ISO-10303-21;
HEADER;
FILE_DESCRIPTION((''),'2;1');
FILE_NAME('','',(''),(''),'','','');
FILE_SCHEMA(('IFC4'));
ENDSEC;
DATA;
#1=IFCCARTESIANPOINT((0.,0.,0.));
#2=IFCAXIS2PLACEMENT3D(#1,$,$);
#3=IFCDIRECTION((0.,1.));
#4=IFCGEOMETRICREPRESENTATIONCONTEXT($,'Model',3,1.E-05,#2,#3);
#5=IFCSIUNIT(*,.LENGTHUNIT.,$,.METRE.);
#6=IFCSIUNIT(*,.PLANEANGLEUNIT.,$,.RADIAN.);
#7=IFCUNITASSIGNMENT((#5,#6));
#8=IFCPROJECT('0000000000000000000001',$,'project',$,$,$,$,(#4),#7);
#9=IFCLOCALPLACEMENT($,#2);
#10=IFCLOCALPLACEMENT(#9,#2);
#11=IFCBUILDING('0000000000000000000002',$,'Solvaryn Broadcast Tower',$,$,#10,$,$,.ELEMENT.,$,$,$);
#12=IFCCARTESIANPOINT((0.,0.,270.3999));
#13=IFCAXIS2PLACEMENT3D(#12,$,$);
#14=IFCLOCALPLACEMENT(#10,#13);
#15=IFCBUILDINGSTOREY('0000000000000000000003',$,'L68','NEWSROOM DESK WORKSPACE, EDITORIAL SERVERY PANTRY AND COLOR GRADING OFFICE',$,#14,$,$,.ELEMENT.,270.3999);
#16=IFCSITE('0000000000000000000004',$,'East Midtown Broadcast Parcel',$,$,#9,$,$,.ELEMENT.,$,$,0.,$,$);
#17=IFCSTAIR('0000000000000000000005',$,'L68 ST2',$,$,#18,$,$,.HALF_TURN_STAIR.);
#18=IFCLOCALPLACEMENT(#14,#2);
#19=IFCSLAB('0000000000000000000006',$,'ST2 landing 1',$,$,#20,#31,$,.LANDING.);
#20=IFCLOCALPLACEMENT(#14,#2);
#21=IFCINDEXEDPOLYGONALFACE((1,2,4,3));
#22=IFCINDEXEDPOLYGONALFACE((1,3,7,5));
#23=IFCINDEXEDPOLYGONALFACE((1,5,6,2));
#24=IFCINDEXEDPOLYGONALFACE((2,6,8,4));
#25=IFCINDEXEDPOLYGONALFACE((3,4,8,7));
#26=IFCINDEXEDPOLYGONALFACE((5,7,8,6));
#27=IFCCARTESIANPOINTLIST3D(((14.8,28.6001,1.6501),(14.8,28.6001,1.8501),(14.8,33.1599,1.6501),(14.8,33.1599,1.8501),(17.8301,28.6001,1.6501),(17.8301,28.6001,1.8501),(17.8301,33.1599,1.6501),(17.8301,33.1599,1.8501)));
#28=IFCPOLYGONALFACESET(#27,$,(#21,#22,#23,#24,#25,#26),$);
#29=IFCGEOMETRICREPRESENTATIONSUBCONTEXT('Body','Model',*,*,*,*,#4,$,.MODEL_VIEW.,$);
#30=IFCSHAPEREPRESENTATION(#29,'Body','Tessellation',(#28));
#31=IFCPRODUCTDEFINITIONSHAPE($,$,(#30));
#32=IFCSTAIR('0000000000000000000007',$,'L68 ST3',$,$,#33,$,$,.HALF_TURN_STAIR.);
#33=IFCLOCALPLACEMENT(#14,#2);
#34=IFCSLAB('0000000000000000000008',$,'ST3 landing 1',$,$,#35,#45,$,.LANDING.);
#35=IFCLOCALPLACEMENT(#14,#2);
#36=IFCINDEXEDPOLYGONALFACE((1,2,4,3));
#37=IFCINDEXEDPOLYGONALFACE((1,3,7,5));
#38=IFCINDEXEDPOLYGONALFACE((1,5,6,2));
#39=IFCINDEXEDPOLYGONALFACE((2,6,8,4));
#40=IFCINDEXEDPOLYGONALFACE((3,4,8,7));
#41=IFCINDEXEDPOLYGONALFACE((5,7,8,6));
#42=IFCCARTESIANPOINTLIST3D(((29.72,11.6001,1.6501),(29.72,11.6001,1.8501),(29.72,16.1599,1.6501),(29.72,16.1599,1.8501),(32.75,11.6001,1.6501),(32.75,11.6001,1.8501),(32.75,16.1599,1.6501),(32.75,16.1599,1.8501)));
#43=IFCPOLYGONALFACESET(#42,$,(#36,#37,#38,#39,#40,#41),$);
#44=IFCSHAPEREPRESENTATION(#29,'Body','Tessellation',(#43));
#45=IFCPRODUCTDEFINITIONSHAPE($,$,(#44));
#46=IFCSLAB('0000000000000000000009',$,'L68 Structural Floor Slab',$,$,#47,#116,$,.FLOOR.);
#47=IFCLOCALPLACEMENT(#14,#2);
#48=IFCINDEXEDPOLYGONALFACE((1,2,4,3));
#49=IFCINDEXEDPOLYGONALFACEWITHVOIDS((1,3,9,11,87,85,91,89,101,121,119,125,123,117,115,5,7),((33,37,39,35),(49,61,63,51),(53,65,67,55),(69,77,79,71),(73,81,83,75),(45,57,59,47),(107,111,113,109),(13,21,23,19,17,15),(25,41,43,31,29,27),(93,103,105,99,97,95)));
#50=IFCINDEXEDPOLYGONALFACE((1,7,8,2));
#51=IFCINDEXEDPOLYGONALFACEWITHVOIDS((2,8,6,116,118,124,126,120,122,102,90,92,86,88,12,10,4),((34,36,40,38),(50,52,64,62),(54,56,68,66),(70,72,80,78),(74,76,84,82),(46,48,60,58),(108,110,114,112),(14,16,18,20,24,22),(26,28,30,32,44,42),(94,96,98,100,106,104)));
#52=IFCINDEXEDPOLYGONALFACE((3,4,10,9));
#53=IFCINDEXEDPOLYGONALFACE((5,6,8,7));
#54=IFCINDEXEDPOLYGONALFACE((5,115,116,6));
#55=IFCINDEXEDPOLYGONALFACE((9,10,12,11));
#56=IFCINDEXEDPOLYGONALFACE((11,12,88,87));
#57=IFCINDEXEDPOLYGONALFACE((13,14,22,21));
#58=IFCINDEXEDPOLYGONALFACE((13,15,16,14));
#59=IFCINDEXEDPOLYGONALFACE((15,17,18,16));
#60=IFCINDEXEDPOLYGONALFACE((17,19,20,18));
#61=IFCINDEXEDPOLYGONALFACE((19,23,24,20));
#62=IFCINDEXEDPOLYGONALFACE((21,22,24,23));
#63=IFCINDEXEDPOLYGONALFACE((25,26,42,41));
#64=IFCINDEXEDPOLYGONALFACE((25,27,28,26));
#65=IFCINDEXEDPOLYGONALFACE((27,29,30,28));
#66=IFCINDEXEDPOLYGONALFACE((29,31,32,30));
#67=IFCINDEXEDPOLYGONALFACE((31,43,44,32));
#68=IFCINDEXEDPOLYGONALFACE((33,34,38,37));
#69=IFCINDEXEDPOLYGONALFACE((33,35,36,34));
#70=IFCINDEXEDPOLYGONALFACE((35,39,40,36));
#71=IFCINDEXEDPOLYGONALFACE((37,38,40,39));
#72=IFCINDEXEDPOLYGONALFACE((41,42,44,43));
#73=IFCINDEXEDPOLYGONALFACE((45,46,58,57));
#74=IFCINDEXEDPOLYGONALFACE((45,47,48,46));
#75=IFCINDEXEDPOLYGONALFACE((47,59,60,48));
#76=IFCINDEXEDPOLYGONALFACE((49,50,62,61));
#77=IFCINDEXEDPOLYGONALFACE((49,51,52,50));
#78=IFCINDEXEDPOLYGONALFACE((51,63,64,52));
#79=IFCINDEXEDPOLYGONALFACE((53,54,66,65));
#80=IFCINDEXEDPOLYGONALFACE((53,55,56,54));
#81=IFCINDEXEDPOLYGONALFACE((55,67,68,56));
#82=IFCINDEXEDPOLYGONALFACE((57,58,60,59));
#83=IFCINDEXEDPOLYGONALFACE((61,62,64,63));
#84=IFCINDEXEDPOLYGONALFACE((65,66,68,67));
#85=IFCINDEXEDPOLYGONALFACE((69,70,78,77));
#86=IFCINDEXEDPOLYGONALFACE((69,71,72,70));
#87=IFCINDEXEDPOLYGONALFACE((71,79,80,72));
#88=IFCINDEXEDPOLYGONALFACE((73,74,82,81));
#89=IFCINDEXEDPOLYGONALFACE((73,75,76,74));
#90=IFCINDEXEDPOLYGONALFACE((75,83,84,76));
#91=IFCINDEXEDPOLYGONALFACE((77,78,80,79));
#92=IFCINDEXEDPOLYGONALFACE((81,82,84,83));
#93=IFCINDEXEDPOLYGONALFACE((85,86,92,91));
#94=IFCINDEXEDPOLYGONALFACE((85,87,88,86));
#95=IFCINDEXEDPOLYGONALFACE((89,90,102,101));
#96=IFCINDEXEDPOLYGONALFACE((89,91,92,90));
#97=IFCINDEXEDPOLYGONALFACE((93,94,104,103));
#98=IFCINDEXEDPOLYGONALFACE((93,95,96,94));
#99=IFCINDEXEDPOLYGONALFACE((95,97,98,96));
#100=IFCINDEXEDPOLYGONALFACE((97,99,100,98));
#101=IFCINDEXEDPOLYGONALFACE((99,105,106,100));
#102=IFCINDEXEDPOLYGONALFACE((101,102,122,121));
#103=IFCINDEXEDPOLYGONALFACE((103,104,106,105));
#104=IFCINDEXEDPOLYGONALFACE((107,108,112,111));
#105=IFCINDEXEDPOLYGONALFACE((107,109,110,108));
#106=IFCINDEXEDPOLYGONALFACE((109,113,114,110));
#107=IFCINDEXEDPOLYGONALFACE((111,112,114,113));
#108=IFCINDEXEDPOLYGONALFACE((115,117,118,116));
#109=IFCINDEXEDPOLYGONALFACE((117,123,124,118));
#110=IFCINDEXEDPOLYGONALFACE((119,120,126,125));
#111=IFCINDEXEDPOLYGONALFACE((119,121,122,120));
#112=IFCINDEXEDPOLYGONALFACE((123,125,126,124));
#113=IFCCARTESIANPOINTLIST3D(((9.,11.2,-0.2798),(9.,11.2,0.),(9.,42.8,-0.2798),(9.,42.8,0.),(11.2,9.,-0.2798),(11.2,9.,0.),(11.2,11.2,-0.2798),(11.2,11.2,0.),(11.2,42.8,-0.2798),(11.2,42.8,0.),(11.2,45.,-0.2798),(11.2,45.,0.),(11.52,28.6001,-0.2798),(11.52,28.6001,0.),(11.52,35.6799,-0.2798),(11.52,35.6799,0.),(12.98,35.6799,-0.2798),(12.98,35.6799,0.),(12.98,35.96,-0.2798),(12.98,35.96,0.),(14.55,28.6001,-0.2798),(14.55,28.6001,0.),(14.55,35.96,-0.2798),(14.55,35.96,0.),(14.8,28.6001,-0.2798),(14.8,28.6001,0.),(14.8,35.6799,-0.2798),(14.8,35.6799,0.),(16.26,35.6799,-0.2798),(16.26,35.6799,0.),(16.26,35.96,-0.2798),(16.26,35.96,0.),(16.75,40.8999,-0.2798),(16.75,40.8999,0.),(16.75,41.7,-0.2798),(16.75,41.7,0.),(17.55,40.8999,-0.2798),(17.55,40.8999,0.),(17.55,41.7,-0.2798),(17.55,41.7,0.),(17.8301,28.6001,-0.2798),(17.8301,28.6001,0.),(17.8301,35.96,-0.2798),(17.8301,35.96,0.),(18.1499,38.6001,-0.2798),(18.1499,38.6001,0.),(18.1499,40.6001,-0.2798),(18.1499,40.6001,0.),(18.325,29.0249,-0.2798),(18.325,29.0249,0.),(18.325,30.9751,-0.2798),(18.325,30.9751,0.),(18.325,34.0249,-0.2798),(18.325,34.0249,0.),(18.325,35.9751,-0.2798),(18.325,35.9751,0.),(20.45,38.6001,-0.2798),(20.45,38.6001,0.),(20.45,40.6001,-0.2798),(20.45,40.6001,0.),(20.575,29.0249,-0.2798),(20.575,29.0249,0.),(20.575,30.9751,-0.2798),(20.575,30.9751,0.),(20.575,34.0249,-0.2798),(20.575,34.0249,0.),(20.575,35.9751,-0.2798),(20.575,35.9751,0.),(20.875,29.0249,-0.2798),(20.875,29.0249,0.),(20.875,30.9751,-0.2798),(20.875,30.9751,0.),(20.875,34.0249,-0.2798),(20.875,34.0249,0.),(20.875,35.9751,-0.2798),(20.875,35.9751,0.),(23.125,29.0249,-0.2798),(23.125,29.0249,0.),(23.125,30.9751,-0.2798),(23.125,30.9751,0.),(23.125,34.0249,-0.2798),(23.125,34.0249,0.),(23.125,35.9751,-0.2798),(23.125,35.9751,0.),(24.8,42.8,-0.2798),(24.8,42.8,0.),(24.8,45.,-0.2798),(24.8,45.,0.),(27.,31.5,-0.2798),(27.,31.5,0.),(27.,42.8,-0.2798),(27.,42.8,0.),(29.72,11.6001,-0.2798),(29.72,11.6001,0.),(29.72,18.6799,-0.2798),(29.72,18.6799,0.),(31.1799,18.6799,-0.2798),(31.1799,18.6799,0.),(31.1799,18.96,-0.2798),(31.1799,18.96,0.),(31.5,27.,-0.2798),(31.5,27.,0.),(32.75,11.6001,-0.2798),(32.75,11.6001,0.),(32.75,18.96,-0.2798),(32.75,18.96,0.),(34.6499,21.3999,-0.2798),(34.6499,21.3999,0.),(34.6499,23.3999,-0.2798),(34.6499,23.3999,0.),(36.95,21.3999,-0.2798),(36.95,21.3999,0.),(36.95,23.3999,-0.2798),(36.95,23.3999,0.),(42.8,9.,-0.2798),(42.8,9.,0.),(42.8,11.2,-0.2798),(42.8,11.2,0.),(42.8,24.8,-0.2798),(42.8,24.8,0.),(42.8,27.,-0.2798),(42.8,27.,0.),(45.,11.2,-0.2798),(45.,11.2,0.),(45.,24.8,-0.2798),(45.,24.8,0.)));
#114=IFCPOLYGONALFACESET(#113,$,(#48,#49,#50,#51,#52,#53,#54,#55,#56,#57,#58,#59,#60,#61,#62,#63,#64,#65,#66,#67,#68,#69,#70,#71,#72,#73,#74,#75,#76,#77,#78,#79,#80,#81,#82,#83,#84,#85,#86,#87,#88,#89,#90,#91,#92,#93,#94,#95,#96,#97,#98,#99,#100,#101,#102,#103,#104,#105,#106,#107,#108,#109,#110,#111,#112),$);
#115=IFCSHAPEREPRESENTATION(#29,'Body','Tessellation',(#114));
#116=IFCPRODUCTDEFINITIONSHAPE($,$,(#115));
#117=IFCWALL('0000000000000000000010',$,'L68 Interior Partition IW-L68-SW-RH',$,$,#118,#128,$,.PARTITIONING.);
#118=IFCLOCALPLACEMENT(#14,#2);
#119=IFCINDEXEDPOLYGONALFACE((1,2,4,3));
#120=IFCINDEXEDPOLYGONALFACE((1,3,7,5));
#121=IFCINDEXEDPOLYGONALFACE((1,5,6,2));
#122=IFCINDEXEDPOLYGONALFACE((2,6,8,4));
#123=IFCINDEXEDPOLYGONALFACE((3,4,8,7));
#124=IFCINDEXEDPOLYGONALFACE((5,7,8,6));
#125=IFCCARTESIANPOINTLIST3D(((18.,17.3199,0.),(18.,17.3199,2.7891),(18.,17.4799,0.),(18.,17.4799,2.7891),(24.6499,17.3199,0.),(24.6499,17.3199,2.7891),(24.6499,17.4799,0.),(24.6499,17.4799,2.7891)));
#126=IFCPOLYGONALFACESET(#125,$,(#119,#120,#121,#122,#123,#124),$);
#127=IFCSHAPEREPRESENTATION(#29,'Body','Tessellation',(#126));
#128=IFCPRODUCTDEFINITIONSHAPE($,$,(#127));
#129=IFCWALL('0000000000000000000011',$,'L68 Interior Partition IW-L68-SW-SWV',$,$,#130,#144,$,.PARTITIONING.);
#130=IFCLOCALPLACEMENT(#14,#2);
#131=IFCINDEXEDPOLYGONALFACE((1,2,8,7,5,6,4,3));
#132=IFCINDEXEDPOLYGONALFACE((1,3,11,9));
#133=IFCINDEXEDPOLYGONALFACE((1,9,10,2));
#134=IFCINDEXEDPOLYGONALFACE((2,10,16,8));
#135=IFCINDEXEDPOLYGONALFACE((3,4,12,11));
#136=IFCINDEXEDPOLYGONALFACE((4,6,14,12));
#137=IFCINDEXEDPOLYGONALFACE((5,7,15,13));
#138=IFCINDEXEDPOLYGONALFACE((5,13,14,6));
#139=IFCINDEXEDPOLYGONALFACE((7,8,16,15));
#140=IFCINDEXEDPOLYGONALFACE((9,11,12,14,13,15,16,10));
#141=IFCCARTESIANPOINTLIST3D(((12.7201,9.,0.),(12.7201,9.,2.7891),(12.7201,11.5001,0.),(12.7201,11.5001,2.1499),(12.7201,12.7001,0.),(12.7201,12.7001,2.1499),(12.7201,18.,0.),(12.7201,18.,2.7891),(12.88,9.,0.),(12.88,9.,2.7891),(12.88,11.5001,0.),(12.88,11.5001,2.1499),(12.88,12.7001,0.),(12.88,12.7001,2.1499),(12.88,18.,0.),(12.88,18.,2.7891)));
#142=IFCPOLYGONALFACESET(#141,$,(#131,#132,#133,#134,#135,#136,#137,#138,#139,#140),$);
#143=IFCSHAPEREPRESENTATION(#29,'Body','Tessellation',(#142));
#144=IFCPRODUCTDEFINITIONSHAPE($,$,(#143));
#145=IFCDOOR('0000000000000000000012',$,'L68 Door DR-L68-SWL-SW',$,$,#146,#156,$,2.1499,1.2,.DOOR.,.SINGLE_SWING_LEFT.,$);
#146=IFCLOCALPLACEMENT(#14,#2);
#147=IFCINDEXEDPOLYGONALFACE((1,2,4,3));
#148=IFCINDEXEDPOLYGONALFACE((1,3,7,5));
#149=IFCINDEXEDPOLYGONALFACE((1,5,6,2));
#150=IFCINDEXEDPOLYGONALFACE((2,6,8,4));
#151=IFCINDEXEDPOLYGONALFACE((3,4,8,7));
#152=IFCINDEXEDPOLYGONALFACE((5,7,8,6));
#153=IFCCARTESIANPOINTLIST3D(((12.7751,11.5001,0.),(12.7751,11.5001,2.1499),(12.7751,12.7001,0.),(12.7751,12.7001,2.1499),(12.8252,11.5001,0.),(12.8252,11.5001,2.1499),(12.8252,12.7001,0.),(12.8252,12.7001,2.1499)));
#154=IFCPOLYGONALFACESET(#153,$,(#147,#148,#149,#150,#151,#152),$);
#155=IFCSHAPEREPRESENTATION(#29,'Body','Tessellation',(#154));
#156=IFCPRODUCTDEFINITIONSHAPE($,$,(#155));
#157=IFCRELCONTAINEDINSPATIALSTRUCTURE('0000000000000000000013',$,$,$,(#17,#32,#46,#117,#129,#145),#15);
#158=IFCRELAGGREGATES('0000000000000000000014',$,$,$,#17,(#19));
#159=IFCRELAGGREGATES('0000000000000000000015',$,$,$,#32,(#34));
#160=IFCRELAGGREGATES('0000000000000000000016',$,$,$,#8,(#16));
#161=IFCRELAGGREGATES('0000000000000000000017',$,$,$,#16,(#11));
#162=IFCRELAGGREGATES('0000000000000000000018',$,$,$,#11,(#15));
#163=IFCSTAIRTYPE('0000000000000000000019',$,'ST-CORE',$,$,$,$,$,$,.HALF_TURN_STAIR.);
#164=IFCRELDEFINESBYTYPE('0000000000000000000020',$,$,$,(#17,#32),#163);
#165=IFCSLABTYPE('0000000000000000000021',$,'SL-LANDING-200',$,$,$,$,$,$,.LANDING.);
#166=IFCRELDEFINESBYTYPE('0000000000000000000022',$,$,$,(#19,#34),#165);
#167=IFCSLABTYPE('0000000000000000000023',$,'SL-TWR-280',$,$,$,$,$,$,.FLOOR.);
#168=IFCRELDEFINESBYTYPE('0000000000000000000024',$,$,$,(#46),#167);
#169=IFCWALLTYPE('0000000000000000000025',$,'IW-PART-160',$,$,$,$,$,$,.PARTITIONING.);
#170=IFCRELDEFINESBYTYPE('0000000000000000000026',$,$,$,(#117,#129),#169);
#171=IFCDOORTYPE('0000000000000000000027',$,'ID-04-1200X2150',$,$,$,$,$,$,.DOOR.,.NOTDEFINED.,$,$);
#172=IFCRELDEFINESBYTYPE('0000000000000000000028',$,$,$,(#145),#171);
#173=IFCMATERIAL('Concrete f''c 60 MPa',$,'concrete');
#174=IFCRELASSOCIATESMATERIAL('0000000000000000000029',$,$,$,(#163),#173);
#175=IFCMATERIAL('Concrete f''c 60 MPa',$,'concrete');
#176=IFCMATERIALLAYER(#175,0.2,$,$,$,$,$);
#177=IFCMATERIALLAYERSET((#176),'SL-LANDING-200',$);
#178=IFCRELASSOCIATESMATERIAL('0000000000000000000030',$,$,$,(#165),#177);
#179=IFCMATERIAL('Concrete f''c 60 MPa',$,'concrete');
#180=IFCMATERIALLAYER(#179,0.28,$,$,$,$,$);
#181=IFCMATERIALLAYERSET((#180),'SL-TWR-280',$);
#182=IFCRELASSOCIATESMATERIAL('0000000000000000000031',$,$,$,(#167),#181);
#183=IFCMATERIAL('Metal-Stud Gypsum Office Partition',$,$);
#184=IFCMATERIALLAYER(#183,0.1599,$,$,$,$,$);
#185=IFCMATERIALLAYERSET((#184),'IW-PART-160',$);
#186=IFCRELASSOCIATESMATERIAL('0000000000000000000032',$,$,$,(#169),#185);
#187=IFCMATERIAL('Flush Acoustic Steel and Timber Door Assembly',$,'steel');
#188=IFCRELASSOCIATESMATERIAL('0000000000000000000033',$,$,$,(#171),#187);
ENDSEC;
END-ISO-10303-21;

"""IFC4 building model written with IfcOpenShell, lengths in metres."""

from ifc_helpers import new_model, si_unit, direction, frame, frame_2d, origin, place, context, subcontext, project, spatial, polyline, rectangle, outline, extrude, material, layer, layer_set, type_object, element, fill, aggregate, save


model = new_model("IFC4")

# Units and contexts
model_context = context("Model", 3, precision=1e-05, world=origin(), true_north=direction((0.0, 1.0)))
body_context = subcontext(model_context, "Body", "Model", "MODEL_VIEW")
ifc_project = project(units=[si_unit("LENGTHUNIT", "METRE"), si_unit("PLANEANGLEUNIT", "RADIAN")], contexts=[model_context])

# Site, building, storey
site_placement = place(None, origin())
site = spatial("IfcSite", under=ifc_project, at=site_placement, Name="East Midtown Broadcast Parcel", CompositionType="ELEMENT", RefElevation=0.0)
building_placement = place(site_placement, origin())
building = spatial("IfcBuilding", under=site, at=building_placement, Name="Solvaryn Broadcast Tower", CompositionType="ELEMENT")
storey_placement = place(building_placement, frame((0.0, 0.0, 270.3999)))
storey = spatial("IfcBuildingStorey", under=building, at=storey_placement, Name="L68", Description="NEWSROOM DESK WORKSPACE, EDITORIAL SERVERY PANTRY AND COLOR GRADING OFFICE", CompositionType="ELEMENT", Elevation=270.3999)

# Stairs, slabs
ifc_material_1 = material(Name="Concrete f'c 60 MPa", Category="concrete")
stair_type = type_object("IfcStairType", Name="ST-CORE", PredefinedType="HALF_TURN_STAIR", material=ifc_material_1)
ifc_material_2 = material(Name="Concrete f'c 60 MPa", Category="concrete")
ifc_layer_1 = layer(ifc_material_2, 0.2)
ifc_layer_set_1 = layer_set([ifc_layer_1], Name="SL-LANDING-200")
slab_type_1 = type_object("IfcSlabType", Name="SL-LANDING-200", PredefinedType="LANDING", material=ifc_layer_set_1)
stair_1_placement = place(storey_placement, origin())
stair_1 = element("IfcStair", 1, at=stair_1_placement, inside=storey, type_object=stair_type, Name="L68 ST2", PredefinedType="HALF_TURN_STAIR")
slab_1_placement = place(storey_placement, frame((0.0, 0.0, 1.6501)))
slab_1 = element("IfcSlab", 2, at=slab_1_placement, type_object=slab_type_1, Name="ST2 landing 1", PredefinedType="LANDING", context=body_context, shape_type="SweptSolid", body=[
    extrude(outline(polyline([(14.8, 33.1599), (14.8, 28.6001), (17.8301, 28.6001), (17.8301, 33.1599), (14.8, 33.1599)])), origin(), (0.0, 0.0, 1.0), 0.2),
])
aggregate(stair_1, [slab_1])
stair_2_placement = place(storey_placement, origin())
stair_2 = element("IfcStair", 3, at=stair_2_placement, inside=storey, type_object=stair_type, Name="L68 ST3", PredefinedType="HALF_TURN_STAIR")
slab_2_placement = place(storey_placement, frame((0.0, 0.0, 1.6501)))
slab_2 = element("IfcSlab", 4, at=slab_2_placement, type_object=slab_type_1, Name="ST3 landing 1", PredefinedType="LANDING", context=body_context, shape_type="SweptSolid", body=[
    extrude(outline(polyline([(29.72, 16.1599), (29.72, 11.6001), (32.75, 11.6001), (32.75, 16.1599), (29.72, 16.1599)])), origin(), (0.0, 0.0, 1.0), 0.2),
])
aggregate(stair_2, [slab_2])

# Slab
ifc_material_3 = material(Name="Concrete f'c 60 MPa", Category="concrete")
ifc_layer_2 = layer(ifc_material_3, 0.28)
ifc_layer_set_2 = layer_set([ifc_layer_2], Name="SL-TWR-280")
slab_type_2 = type_object("IfcSlabType", Name="SL-TWR-280", PredefinedType="FLOOR", material=ifc_layer_set_2)
slab_3_placement = place(storey_placement, frame((0.0, 0.0, -0.2798)))
element("IfcSlab", 5, at=slab_3_placement, inside=storey, type_object=slab_type_2, Name="L68 Structural Floor Slab", PredefinedType="FLOOR", context=body_context, shape_type="SweptSolid", body=[
    extrude(outline(polyline([(11.2, 9.0), (42.8, 9.0), (42.8, 11.2), (45.0, 11.2), (45.0, 24.8), (42.8, 24.8), (42.8, 27.0), (31.5, 27.0), (27.0, 31.5), (27.0, 42.8), (24.8, 42.8), (24.8, 45.0), (11.2, 45.0), (11.2, 42.8), (9.0, 42.8), (9.0, 11.2), (11.2, 11.2), (11.2, 9.0)]), holes=[polyline([(11.52, 28.6001), (14.55, 28.6001), (14.55, 35.96), (12.98, 35.96), (12.98, 35.6799), (11.52, 35.6799), (11.52, 28.6001)]), polyline([(14.8, 28.6001), (17.8301, 28.6001), (17.8301, 35.96), (16.26, 35.96), (16.26, 35.6799), (14.8, 35.6799), (14.8, 28.6001)]), polyline([(29.72, 11.6001), (32.75, 11.6001), (32.75, 18.96), (31.1799, 18.96), (31.1799, 18.6799), (29.72, 18.6799), (29.72, 11.6001)]), polyline([(18.1499, 38.6001), (20.45, 38.6001), (20.45, 40.6001), (18.1499, 40.6001), (18.1499, 38.6001)]), polyline([(18.325, 29.0249), (20.575, 29.0249), (20.575, 30.9751), (18.325, 30.9751), (18.325, 29.0249)]), polyline([(20.875, 29.0249), (23.125, 29.0249), (23.125, 30.9751), (20.875, 30.9751), (20.875, 29.0249)]), polyline([(18.325, 34.0249), (20.575, 34.0249), (20.575, 35.9751), (18.325, 35.9751), (18.325, 34.0249)]), polyline([(20.875, 34.0249), (23.125, 34.0249), (23.125, 35.9751), (20.875, 35.9751), (20.875, 34.0249)]), polyline([(34.6499, 21.3999), (36.95, 21.3999), (36.95, 23.3999), (34.6499, 23.3999), (34.6499, 21.3999)]), polyline([(16.75, 40.8999), (17.55, 40.8999), (17.55, 41.7), (16.75, 41.7), (16.75, 40.8999)])]), origin(), (0.0, 0.0, 1.0), 0.2798),
])

# Wall
ifc_material_4 = material(Name="Metal-Stud Gypsum Office Partition")
ifc_layer_3 = layer(ifc_material_4, 0.1599)
ifc_layer_set_3 = layer_set([ifc_layer_3], Name="IW-PART-160")
wall_type_1 = type_object("IfcWallType", Name="IW-PART-160", PredefinedType="PARTITIONING", material=ifc_layer_set_3)
wall_1_placement = place(storey_placement, frame((18.0, 17.3999, 0.0), z_axis=(0.0, 0.0, 1.0), x_axis=(1.0, 0.0, 0.0)))
element("IfcWall", 6, at=wall_1_placement, inside=storey, type_object=wall_type_1, Name="L68 Interior Partition IW-L68-SW-RH", PredefinedType="PARTITIONING", context=body_context, shape_type="SweptSolid", body=[
    extrude(rectangle(XDim=6.6499, YDim=0.1599, at=frame_2d((3.325, 0.0))), origin(), (0.0, 0.0, 1.0), 2.7891),
])

# Wall, opening, door
wall_2_placement = place(storey_placement, frame((12.8, 9.0, 0.0), z_axis=(0.0, 0.0, 1.0), x_axis=(0.0, 1.0, 0.0)))
wall_2 = element("IfcWall", 7, at=wall_2_placement, inside=storey, type_object=wall_type_1, Name="L68 Interior Partition IW-L68-SW-SWV", PredefinedType="PARTITIONING", context=body_context, shape_type="SweptSolid", body=[
    extrude(rectangle(XDim=9.0, YDim=0.1599, at=frame_2d((4.5, 0.0))), origin(), (0.0, 0.0, 1.0), 2.7891),
])
opening_1_placement = place(wall_2_placement, frame((2.5, 0.0, 0.0)))
opening_1 = element("IfcOpeningElement", 8, at=opening_1_placement, cuts=wall_2, PredefinedType="OPENING", context=body_context, shape_type="SweptSolid", body=[
    extrude(rectangle(XDim=1.2, YDim=2.1499, at=frame_2d((0.6001, 1.075))), frame((0.0, 0.0901, 0.0), z_axis=(0.0, -1.0, 0.0), x_axis=(1.0, 0.0, 0.0)), (0.0, 0.0, 1.0), 0.1799),
])
ifc_material_5 = material(Name="Flush Acoustic Steel and Timber Door Assembly", Category="steel")
door_type_1 = type_object("IfcDoorType", Name="ID-04-1200X2150", OperationType="NOTDEFINED", PredefinedType="DOOR", material=ifc_material_5)
door_1_placement = place(opening_1_placement, origin())
door_1 = element("IfcDoor", 9, at=door_1_placement, inside=storey, type_object=door_type_1, Name="L68 Door DR-L68-SWL-SW", OperationType="SINGLE_SWING_LEFT", OverallHeight=2.1499, OverallWidth=1.2, PredefinedType="DOOR", context=body_context, shape_type="SweptSolid", body=[
    extrude(rectangle(XDim=1.2, YDim=2.1499, at=frame_2d((0.6001, 1.075))), frame((0.0, 0.0249, 0.0), z_axis=(0.0, -1.0, 0.0), x_axis=(1.0, 0.0, 0.0)), (0.0, 0.0, 1.0), 0.05),
])
fill(opening_1, door_1)

save(model, "model.ifc")
